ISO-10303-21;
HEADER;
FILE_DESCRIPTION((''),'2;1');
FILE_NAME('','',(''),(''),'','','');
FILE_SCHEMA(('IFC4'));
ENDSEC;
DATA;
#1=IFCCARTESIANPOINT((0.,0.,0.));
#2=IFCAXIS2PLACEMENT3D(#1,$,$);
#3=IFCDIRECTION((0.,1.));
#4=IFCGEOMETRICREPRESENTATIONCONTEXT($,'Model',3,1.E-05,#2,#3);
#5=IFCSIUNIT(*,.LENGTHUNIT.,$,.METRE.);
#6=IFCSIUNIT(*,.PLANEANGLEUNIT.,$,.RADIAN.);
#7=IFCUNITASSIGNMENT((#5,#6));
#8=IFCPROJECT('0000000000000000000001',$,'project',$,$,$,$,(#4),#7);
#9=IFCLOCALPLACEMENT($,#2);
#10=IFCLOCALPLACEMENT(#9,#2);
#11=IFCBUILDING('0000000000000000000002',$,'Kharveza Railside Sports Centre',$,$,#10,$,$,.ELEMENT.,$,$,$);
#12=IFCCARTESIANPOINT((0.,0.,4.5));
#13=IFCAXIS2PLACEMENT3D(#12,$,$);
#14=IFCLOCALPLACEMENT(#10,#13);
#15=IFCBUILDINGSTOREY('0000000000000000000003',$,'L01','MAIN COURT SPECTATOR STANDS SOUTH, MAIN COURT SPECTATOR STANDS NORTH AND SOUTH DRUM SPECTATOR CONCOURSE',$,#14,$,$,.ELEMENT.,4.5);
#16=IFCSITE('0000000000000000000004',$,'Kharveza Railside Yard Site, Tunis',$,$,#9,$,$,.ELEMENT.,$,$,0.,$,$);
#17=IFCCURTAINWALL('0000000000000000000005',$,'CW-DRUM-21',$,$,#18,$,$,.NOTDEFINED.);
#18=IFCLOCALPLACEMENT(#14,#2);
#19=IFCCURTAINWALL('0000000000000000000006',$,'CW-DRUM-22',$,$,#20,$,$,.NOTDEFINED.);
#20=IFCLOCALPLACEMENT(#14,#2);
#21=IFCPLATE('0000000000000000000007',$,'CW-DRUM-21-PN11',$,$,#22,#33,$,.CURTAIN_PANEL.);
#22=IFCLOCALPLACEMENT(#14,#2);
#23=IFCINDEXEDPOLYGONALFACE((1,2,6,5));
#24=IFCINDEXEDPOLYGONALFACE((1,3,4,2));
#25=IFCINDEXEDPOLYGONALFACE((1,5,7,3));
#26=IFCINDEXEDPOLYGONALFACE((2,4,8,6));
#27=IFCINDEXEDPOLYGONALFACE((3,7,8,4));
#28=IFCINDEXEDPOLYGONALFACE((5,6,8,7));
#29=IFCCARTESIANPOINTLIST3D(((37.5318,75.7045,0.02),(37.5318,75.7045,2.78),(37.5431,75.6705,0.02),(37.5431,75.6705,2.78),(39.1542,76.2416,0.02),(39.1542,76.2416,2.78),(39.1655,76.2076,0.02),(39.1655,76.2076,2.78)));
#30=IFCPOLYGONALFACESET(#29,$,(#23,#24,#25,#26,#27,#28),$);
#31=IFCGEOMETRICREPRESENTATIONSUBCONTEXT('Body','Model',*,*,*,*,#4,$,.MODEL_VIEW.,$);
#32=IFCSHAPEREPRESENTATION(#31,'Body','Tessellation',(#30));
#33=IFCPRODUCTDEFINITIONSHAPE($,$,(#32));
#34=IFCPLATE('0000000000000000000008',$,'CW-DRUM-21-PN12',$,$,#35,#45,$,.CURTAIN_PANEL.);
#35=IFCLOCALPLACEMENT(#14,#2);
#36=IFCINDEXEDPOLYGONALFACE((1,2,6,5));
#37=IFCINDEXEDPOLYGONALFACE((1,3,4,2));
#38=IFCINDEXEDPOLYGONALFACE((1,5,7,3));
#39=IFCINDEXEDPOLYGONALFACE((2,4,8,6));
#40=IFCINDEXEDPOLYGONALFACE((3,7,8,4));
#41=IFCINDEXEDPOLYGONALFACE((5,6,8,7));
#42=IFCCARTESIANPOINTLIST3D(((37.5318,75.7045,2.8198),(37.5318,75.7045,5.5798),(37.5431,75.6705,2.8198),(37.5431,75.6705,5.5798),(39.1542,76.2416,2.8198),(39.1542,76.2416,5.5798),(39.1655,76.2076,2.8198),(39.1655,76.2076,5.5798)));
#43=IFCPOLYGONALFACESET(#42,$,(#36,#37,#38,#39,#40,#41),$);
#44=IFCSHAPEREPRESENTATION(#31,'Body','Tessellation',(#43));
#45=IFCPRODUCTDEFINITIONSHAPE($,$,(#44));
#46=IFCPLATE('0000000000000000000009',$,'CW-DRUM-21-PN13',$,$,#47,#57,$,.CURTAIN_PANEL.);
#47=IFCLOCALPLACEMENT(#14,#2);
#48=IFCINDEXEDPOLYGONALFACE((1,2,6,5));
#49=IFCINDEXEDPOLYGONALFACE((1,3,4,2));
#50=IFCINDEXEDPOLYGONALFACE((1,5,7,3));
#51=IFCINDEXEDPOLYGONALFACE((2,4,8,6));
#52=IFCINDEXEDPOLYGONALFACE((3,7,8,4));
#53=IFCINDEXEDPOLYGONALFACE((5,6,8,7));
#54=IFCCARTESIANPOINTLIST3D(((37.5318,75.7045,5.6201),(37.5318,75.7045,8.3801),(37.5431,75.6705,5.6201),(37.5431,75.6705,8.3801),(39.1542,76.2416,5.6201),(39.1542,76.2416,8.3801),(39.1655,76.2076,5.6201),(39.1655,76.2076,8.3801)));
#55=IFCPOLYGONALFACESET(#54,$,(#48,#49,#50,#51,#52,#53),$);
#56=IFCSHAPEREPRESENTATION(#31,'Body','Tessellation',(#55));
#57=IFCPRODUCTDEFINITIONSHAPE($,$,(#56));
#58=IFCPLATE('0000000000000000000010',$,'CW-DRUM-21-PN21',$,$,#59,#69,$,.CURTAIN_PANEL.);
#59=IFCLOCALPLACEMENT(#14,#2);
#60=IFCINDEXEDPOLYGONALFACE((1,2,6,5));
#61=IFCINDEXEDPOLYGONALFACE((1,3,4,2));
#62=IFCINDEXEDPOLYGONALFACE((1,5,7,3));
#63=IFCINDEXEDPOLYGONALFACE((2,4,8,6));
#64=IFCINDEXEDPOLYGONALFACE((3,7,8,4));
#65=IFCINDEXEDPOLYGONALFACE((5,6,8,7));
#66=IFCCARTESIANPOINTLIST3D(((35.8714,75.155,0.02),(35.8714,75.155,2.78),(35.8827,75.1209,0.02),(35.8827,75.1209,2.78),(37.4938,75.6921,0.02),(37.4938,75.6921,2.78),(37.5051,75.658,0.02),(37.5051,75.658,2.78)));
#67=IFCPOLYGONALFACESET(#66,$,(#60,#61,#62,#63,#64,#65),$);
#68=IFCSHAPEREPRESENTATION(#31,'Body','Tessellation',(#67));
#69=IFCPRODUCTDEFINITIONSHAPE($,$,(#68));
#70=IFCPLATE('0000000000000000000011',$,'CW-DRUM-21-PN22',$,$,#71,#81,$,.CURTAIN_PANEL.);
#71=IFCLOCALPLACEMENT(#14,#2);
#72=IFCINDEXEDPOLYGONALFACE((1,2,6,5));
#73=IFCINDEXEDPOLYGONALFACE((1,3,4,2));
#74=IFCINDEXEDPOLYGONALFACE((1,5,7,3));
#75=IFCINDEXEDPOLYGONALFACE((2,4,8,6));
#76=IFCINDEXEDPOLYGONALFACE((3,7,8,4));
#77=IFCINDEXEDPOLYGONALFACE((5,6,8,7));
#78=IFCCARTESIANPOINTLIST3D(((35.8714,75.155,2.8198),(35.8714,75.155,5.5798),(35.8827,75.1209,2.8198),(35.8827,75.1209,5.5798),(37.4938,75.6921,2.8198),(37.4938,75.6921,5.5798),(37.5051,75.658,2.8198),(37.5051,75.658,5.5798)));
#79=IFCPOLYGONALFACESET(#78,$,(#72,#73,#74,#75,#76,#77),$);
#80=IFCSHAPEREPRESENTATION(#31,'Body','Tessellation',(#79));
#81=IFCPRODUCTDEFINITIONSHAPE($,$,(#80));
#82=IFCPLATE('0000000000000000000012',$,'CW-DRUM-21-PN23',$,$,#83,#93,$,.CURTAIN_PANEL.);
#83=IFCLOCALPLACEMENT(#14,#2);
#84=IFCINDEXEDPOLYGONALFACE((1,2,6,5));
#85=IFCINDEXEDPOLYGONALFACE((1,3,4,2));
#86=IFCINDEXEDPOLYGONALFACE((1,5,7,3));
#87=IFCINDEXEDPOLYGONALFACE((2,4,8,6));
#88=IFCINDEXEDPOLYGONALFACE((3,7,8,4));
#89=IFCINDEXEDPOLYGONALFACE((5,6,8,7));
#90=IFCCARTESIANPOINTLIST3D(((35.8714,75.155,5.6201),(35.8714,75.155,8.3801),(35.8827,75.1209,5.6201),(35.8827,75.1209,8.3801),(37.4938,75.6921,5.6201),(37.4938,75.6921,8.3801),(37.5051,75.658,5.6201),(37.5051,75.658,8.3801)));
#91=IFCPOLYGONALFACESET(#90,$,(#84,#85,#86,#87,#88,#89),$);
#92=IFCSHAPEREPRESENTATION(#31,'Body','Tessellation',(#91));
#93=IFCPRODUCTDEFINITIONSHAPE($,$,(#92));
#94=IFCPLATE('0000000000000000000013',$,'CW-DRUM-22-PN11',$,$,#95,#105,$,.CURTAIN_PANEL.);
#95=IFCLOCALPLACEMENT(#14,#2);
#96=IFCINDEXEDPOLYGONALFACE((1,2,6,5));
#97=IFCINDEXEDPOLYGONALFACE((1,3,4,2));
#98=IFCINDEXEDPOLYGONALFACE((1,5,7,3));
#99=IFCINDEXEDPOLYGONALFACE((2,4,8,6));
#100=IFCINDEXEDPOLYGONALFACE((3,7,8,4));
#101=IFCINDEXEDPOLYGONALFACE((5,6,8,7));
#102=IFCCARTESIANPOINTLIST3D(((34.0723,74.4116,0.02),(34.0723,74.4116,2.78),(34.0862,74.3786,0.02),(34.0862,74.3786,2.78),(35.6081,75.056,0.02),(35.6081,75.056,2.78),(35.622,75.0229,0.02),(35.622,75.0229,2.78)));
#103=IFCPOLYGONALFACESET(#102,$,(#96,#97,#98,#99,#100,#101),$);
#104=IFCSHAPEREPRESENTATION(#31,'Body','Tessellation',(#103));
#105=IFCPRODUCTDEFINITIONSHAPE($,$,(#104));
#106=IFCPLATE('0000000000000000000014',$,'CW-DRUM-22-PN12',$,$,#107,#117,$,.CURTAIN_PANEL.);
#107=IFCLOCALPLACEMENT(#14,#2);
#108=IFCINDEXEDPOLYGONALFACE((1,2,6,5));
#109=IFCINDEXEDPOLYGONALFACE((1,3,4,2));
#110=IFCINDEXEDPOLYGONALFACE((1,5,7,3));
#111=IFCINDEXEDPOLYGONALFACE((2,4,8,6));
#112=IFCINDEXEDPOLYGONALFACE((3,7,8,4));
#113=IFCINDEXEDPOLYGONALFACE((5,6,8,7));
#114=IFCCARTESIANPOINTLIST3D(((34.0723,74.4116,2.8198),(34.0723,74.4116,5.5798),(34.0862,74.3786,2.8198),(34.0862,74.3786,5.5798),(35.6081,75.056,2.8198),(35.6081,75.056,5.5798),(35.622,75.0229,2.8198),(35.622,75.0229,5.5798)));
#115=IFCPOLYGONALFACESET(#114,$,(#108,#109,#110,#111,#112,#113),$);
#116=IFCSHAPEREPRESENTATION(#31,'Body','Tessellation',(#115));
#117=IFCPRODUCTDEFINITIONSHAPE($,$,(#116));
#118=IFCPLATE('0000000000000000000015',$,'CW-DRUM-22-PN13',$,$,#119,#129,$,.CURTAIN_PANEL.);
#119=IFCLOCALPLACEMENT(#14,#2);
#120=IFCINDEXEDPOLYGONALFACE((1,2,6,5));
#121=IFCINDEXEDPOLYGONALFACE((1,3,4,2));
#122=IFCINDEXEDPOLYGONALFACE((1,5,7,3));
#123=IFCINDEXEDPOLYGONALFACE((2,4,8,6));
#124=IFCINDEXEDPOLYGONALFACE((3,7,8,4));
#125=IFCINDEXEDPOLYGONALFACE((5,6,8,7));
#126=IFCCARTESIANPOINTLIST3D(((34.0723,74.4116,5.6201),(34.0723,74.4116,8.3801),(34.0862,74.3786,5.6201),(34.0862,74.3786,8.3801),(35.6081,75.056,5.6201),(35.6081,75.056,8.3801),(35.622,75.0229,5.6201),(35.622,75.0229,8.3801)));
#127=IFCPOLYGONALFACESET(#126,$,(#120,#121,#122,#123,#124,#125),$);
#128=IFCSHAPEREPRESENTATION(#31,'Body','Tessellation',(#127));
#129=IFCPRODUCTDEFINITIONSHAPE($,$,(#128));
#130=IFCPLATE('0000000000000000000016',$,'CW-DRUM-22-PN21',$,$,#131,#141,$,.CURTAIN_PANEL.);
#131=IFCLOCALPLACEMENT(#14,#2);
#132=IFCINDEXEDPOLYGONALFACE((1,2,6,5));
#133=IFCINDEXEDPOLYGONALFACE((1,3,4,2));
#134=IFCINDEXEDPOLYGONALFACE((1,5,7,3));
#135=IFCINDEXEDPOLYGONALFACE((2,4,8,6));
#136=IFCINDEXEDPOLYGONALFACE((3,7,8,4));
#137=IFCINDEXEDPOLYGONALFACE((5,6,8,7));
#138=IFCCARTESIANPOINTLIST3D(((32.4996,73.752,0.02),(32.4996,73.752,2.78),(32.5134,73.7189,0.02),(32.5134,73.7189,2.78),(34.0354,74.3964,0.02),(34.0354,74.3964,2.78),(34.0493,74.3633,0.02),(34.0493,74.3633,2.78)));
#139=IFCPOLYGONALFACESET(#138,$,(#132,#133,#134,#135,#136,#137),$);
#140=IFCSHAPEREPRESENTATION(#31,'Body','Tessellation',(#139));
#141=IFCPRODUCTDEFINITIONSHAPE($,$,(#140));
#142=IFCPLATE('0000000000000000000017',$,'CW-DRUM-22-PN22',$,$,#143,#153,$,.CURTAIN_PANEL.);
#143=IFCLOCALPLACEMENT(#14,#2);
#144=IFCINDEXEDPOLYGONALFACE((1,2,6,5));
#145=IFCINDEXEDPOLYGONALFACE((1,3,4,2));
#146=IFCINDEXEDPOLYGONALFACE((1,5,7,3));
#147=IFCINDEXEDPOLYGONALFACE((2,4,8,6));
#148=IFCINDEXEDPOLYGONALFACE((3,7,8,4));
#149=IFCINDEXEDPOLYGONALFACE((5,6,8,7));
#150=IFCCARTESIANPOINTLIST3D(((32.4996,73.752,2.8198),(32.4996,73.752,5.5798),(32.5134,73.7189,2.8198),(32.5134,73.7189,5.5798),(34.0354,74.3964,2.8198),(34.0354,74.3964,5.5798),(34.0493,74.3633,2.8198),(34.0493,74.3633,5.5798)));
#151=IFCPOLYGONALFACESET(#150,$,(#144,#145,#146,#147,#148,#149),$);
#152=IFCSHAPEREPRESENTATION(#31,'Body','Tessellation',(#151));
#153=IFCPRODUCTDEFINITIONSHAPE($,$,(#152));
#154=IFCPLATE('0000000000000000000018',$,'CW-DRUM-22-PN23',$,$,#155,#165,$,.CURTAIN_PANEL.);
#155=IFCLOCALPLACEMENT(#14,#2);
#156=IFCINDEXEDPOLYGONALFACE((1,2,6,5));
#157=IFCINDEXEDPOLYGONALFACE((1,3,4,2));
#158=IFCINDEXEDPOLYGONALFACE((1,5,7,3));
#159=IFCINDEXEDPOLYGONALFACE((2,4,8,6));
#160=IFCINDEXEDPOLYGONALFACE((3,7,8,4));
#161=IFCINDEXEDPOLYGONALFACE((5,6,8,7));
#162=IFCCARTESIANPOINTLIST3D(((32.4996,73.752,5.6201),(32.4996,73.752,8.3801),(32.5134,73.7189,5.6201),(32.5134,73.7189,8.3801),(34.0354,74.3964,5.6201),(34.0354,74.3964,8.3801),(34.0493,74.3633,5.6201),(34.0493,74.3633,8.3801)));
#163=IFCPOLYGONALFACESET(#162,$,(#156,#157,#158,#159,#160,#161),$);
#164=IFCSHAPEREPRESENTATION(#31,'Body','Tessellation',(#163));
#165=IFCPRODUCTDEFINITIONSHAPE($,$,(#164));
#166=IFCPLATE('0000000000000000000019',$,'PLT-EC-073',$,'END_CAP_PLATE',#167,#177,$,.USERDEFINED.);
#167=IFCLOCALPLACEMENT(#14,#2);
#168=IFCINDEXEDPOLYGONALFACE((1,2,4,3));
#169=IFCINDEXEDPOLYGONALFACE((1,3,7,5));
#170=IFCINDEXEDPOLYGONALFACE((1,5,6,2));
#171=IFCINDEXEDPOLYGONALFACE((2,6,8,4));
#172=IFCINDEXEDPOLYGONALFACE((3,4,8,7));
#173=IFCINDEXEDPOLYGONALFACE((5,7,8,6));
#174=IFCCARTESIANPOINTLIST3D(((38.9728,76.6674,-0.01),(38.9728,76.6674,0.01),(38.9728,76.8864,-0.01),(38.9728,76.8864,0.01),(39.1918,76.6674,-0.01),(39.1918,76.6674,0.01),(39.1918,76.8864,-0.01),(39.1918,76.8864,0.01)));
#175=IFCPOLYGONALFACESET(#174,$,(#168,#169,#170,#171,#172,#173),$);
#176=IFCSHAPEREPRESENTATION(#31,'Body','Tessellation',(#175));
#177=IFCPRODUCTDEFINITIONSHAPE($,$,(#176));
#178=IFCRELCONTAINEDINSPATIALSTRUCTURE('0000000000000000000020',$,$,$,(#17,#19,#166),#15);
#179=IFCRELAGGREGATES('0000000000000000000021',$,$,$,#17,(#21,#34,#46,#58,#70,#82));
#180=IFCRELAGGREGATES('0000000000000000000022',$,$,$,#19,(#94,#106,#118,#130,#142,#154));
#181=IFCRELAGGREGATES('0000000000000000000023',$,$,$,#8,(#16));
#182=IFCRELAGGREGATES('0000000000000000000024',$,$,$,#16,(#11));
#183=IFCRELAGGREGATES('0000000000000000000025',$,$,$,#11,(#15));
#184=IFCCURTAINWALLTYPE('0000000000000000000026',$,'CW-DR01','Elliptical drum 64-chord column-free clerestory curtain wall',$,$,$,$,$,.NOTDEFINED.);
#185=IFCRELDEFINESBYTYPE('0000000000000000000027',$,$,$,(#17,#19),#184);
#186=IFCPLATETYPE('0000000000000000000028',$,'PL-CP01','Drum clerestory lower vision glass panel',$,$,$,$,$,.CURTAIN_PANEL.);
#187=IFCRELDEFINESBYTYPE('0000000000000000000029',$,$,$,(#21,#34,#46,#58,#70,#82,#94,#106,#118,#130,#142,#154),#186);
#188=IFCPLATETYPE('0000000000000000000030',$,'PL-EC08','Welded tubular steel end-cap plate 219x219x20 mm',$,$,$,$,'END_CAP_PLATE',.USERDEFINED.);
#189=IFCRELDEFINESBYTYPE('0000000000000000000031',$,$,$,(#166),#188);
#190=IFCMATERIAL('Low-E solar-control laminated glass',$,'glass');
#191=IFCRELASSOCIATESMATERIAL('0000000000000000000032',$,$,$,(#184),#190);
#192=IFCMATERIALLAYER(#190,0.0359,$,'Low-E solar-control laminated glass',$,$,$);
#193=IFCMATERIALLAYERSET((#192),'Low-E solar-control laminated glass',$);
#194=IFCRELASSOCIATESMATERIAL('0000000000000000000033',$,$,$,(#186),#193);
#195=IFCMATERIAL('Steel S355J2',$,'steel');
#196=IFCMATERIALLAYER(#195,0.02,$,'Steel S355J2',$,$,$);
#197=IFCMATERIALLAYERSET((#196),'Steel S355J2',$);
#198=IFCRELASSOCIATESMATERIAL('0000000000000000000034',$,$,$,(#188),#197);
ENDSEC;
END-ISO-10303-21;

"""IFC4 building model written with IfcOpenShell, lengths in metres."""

from ifc_helpers import new_model, si_unit, direction, frame, origin, origin_2d, place, context, subcontext, project, spatial, rectangle, extrude, material, layer, layer_set, type_object, element, aggregate, save


model = new_model("IFC4")

# Units and contexts
model_context = context("Model", 3, precision=1e-05, world=origin(), true_north=direction((0.0, 1.0)))
body_context = subcontext(model_context, "Body", "Model", "MODEL_VIEW")
ifc_project = project(units=[si_unit("LENGTHUNIT", "METRE"), si_unit("PLANEANGLEUNIT", "RADIAN")], contexts=[model_context])

# Site, building, storey
site_placement = place(None, origin())
site = spatial("IfcSite", under=ifc_project, at=site_placement, Name="Kharveza Railside Yard Site, Tunis", CompositionType="ELEMENT", RefElevation=0.0)
building_placement = place(site_placement, origin())
building = spatial("IfcBuilding", under=site, at=building_placement, Name="Kharveza Railside Sports Centre", CompositionType="ELEMENT")
storey_placement = place(building_placement, frame((0.0, 0.0, 4.5)))
storey = spatial("IfcBuildingStorey", under=building, at=storey_placement, Name="L01", Description="MAIN COURT SPECTATOR STANDS SOUTH, MAIN COURT SPECTATOR STANDS NORTH AND SOUTH DRUM SPECTATOR CONCOURSE", CompositionType="ELEMENT", Elevation=4.5)

# Curtain walls
ifc_material_1 = material(Name="Low-E solar-control laminated glass", Category="glass")
curtain_wall_type = type_object("IfcCurtainWallType", Name="CW-DR01", Description="Elliptical drum 64-chord column-free clerestory curtain wall", PredefinedType="NOTDEFINED", material=ifc_material_1)
curtain_wall_1_placement = place(storey_placement, origin())
curtain_wall_1 = element("IfcCurtainWall", 1, at=curtain_wall_1_placement, inside=storey, type_object=curtain_wall_type, Name="CW-DRUM-21", PredefinedType="NOTDEFINED")
curtain_wall_2_placement = place(storey_placement, origin())
curtain_wall_2 = element("IfcCurtainWall", 2, at=curtain_wall_2_placement, inside=storey, type_object=curtain_wall_type, Name="CW-DRUM-22", PredefinedType="NOTDEFINED")

# Shared definitions
ifc_material_2 = material(Name="Steel S355J2", Category="steel")

# Plates
ifc_layer_1 = layer(ifc_material_1, 0.0359, Name="Low-E solar-control laminated glass")
ifc_layer_set_1 = layer_set([ifc_layer_1], Name="Low-E solar-control laminated glass")
plate_type_1 = type_object("IfcPlateType", Name="PL-CP01", Description="Drum clerestory lower vision glass panel", PredefinedType="CURTAIN_PANEL", material=ifc_layer_set_1)
plate_1_placement = place(storey_placement, frame((38.3486, 75.9561, 0.02), z_axis=(0.0, 0.0, 1.0), x_axis=(-0.949327, -0.314291, 0.0)))
plate_1 = element("IfcPlate", 3, at=plate_1_placement, type_object=plate_type_1, Name="CW-DRUM-21-PN11", PredefinedType="CURTAIN_PANEL", context=body_context, shape_type="SweptSolid", body=[
    extrude(rectangle(XDim=1.709, YDim=0.0359, at=origin_2d()), origin(), (0.0, 0.0, 1.0), 2.76),
])
plate_2_placement = place(storey_placement, frame((38.3486, 75.9561, 2.8198), z_axis=(0.0, 0.0, 1.0), x_axis=(-0.949327, -0.314291, 0.0)))
plate_2 = element("IfcPlate", 4, at=plate_2_placement, type_object=plate_type_1, Name="CW-DRUM-21-PN12", PredefinedType="CURTAIN_PANEL", context=body_context, shape_type="SweptSolid", body=[
    extrude(rectangle(XDim=1.709, YDim=0.0359, at=origin_2d()), origin(), (0.0, 0.0, 1.0), 2.76),
])
plate_3_placement = place(storey_placement, frame((38.3486, 75.9561, 5.6201), z_axis=(0.0, 0.0, 1.0), x_axis=(-0.949327, -0.314291, 0.0)))
plate_3 = element("IfcPlate", 5, at=plate_3_placement, type_object=plate_type_1, Name="CW-DRUM-21-PN13", PredefinedType="CURTAIN_PANEL", context=body_context, shape_type="SweptSolid", body=[
    extrude(rectangle(XDim=1.709, YDim=0.0359, at=origin_2d()), origin(), (0.0, 0.0, 1.0), 2.76),
])
plate_4_placement = place(storey_placement, frame((36.6882, 75.4065, 0.02), z_axis=(0.0, 0.0, 1.0), x_axis=(-0.949327, -0.314291, 0.0)))
plate_4 = element("IfcPlate", 6, at=plate_4_placement, type_object=plate_type_1, Name="CW-DRUM-21-PN21", PredefinedType="CURTAIN_PANEL", context=body_context, shape_type="SweptSolid", body=[
    extrude(rectangle(XDim=1.709, YDim=0.0359, at=origin_2d()), origin(), (0.0, 0.0, 1.0), 2.76),
])
plate_5_placement = place(storey_placement, frame((36.6882, 75.4065, 2.8198), z_axis=(0.0, 0.0, 1.0), x_axis=(-0.949327, -0.314291, 0.0)))
plate_5 = element("IfcPlate", 7, at=plate_5_placement, type_object=plate_type_1, Name="CW-DRUM-21-PN22", PredefinedType="CURTAIN_PANEL", context=body_context, shape_type="SweptSolid", body=[
    extrude(rectangle(XDim=1.709, YDim=0.0359, at=origin_2d()), origin(), (0.0, 0.0, 1.0), 2.76),
])
plate_6_placement = place(storey_placement, frame((36.6882, 75.4065, 5.6201), z_axis=(0.0, 0.0, 1.0), x_axis=(-0.949327, -0.314291, 0.0)))
plate_6 = element("IfcPlate", 8, at=plate_6_placement, type_object=plate_type_1, Name="CW-DRUM-21-PN23", PredefinedType="CURTAIN_PANEL", context=body_context, shape_type="SweptSolid", body=[
    extrude(rectangle(XDim=1.709, YDim=0.0359, at=origin_2d()), origin(), (0.0, 0.0, 1.0), 2.76),
])
aggregate(curtain_wall_1, [plate_1, plate_2, plate_3, plate_4, plate_5, plate_6])
plate_7_placement = place(storey_placement, frame((34.8472, 74.7173, 0.02), z_axis=(0.0, 0.0, 1.0), x_axis=(-0.922127, -0.386888, 0.0)))
plate_7 = element("IfcPlate", 9, at=plate_7_placement, type_object=plate_type_1, Name="CW-DRUM-22-PN11", PredefinedType="CURTAIN_PANEL", context=body_context, shape_type="SweptSolid", body=[
    extrude(rectangle(XDim=1.6655, YDim=0.0359, at=origin_2d()), origin(), (0.0, 0.0, 1.0), 2.76),
])
plate_8_placement = place(storey_placement, frame((34.8472, 74.7173, 2.8198), z_axis=(0.0, 0.0, 1.0), x_axis=(-0.922127, -0.386888, 0.0)))
plate_8 = element("IfcPlate", 10, at=plate_8_placement, type_object=plate_type_1, Name="CW-DRUM-22-PN12", PredefinedType="CURTAIN_PANEL", context=body_context, shape_type="SweptSolid", body=[
    extrude(rectangle(XDim=1.6655, YDim=0.0359, at=origin_2d()), origin(), (0.0, 0.0, 1.0), 2.76),
])
plate_9_placement = place(storey_placement, frame((34.8472, 74.7173, 5.6201), z_axis=(0.0, 0.0, 1.0), x_axis=(-0.922127, -0.386888, 0.0)))
plate_9 = element("IfcPlate", 11, at=plate_9_placement, type_object=plate_type_1, Name="CW-DRUM-22-PN13", PredefinedType="CURTAIN_PANEL", context=body_context, shape_type="SweptSolid", body=[
    extrude(rectangle(XDim=1.6655, YDim=0.0359, at=origin_2d()), origin(), (0.0, 0.0, 1.0), 2.76),
])
plate_10_placement = place(storey_placement, frame((33.2744, 74.0576, 0.02), z_axis=(0.0, 0.0, 1.0), x_axis=(-0.922127, -0.386888, 0.0)))
plate_10 = element("IfcPlate", 12, at=plate_10_placement, type_object=plate_type_1, Name="CW-DRUM-22-PN21", PredefinedType="CURTAIN_PANEL", context=body_context, shape_type="SweptSolid", body=[
    extrude(rectangle(XDim=1.6655, YDim=0.0359, at=origin_2d()), origin(), (0.0, 0.0, 1.0), 2.76),
])
plate_11_placement = place(storey_placement, frame((33.2744, 74.0576, 2.8198), z_axis=(0.0, 0.0, 1.0), x_axis=(-0.922127, -0.386888, 0.0)))
plate_11 = element("IfcPlate", 13, at=plate_11_placement, type_object=plate_type_1, Name="CW-DRUM-22-PN22", PredefinedType="CURTAIN_PANEL", context=body_context, shape_type="SweptSolid", body=[
    extrude(rectangle(XDim=1.6655, YDim=0.0359, at=origin_2d()), origin(), (0.0, 0.0, 1.0), 2.76),
])
plate_12_placement = place(storey_placement, frame((33.2744, 74.0576, 5.6201), z_axis=(0.0, 0.0, 1.0), x_axis=(-0.922127, -0.386888, 0.0)))
plate_12 = element("IfcPlate", 14, at=plate_12_placement, type_object=plate_type_1, Name="CW-DRUM-22-PN23", PredefinedType="CURTAIN_PANEL", context=body_context, shape_type="SweptSolid", body=[
    extrude(rectangle(XDim=1.6655, YDim=0.0359, at=origin_2d()), origin(), (0.0, 0.0, 1.0), 2.76),
])
aggregate(curtain_wall_2, [plate_7, plate_8, plate_9, plate_10, plate_11, plate_12])
ifc_layer_2 = layer(ifc_material_2, 0.02, Name="Steel S355J2")
ifc_layer_set_2 = layer_set([ifc_layer_2], Name="Steel S355J2")
plate_type_2 = type_object("IfcPlateType", Name="PL-EC08", Description="Welded tubular steel end-cap plate 219x219x20 mm", ElementType="END_CAP_PLATE", PredefinedType="USERDEFINED", material=ifc_layer_set_2)
plate_13_placement = place(storey_placement, frame((39.0823, 76.7769, -0.01), z_axis=(0.0, 0.0, 1.0), x_axis=(1.0, 0.0, 0.0)))
element("IfcPlate", 15, at=plate_13_placement, inside=storey, type_object=plate_type_2, Name="PLT-EC-073", ObjectType="END_CAP_PLATE", PredefinedType="USERDEFINED", context=body_context, shape_type="SweptSolid", body=[
    extrude(rectangle(XDim=0.219, YDim=0.219, at=origin_2d()), origin(), (0.0, 0.0, 1.0), 0.02),
])

save(model, "model.ifc")
